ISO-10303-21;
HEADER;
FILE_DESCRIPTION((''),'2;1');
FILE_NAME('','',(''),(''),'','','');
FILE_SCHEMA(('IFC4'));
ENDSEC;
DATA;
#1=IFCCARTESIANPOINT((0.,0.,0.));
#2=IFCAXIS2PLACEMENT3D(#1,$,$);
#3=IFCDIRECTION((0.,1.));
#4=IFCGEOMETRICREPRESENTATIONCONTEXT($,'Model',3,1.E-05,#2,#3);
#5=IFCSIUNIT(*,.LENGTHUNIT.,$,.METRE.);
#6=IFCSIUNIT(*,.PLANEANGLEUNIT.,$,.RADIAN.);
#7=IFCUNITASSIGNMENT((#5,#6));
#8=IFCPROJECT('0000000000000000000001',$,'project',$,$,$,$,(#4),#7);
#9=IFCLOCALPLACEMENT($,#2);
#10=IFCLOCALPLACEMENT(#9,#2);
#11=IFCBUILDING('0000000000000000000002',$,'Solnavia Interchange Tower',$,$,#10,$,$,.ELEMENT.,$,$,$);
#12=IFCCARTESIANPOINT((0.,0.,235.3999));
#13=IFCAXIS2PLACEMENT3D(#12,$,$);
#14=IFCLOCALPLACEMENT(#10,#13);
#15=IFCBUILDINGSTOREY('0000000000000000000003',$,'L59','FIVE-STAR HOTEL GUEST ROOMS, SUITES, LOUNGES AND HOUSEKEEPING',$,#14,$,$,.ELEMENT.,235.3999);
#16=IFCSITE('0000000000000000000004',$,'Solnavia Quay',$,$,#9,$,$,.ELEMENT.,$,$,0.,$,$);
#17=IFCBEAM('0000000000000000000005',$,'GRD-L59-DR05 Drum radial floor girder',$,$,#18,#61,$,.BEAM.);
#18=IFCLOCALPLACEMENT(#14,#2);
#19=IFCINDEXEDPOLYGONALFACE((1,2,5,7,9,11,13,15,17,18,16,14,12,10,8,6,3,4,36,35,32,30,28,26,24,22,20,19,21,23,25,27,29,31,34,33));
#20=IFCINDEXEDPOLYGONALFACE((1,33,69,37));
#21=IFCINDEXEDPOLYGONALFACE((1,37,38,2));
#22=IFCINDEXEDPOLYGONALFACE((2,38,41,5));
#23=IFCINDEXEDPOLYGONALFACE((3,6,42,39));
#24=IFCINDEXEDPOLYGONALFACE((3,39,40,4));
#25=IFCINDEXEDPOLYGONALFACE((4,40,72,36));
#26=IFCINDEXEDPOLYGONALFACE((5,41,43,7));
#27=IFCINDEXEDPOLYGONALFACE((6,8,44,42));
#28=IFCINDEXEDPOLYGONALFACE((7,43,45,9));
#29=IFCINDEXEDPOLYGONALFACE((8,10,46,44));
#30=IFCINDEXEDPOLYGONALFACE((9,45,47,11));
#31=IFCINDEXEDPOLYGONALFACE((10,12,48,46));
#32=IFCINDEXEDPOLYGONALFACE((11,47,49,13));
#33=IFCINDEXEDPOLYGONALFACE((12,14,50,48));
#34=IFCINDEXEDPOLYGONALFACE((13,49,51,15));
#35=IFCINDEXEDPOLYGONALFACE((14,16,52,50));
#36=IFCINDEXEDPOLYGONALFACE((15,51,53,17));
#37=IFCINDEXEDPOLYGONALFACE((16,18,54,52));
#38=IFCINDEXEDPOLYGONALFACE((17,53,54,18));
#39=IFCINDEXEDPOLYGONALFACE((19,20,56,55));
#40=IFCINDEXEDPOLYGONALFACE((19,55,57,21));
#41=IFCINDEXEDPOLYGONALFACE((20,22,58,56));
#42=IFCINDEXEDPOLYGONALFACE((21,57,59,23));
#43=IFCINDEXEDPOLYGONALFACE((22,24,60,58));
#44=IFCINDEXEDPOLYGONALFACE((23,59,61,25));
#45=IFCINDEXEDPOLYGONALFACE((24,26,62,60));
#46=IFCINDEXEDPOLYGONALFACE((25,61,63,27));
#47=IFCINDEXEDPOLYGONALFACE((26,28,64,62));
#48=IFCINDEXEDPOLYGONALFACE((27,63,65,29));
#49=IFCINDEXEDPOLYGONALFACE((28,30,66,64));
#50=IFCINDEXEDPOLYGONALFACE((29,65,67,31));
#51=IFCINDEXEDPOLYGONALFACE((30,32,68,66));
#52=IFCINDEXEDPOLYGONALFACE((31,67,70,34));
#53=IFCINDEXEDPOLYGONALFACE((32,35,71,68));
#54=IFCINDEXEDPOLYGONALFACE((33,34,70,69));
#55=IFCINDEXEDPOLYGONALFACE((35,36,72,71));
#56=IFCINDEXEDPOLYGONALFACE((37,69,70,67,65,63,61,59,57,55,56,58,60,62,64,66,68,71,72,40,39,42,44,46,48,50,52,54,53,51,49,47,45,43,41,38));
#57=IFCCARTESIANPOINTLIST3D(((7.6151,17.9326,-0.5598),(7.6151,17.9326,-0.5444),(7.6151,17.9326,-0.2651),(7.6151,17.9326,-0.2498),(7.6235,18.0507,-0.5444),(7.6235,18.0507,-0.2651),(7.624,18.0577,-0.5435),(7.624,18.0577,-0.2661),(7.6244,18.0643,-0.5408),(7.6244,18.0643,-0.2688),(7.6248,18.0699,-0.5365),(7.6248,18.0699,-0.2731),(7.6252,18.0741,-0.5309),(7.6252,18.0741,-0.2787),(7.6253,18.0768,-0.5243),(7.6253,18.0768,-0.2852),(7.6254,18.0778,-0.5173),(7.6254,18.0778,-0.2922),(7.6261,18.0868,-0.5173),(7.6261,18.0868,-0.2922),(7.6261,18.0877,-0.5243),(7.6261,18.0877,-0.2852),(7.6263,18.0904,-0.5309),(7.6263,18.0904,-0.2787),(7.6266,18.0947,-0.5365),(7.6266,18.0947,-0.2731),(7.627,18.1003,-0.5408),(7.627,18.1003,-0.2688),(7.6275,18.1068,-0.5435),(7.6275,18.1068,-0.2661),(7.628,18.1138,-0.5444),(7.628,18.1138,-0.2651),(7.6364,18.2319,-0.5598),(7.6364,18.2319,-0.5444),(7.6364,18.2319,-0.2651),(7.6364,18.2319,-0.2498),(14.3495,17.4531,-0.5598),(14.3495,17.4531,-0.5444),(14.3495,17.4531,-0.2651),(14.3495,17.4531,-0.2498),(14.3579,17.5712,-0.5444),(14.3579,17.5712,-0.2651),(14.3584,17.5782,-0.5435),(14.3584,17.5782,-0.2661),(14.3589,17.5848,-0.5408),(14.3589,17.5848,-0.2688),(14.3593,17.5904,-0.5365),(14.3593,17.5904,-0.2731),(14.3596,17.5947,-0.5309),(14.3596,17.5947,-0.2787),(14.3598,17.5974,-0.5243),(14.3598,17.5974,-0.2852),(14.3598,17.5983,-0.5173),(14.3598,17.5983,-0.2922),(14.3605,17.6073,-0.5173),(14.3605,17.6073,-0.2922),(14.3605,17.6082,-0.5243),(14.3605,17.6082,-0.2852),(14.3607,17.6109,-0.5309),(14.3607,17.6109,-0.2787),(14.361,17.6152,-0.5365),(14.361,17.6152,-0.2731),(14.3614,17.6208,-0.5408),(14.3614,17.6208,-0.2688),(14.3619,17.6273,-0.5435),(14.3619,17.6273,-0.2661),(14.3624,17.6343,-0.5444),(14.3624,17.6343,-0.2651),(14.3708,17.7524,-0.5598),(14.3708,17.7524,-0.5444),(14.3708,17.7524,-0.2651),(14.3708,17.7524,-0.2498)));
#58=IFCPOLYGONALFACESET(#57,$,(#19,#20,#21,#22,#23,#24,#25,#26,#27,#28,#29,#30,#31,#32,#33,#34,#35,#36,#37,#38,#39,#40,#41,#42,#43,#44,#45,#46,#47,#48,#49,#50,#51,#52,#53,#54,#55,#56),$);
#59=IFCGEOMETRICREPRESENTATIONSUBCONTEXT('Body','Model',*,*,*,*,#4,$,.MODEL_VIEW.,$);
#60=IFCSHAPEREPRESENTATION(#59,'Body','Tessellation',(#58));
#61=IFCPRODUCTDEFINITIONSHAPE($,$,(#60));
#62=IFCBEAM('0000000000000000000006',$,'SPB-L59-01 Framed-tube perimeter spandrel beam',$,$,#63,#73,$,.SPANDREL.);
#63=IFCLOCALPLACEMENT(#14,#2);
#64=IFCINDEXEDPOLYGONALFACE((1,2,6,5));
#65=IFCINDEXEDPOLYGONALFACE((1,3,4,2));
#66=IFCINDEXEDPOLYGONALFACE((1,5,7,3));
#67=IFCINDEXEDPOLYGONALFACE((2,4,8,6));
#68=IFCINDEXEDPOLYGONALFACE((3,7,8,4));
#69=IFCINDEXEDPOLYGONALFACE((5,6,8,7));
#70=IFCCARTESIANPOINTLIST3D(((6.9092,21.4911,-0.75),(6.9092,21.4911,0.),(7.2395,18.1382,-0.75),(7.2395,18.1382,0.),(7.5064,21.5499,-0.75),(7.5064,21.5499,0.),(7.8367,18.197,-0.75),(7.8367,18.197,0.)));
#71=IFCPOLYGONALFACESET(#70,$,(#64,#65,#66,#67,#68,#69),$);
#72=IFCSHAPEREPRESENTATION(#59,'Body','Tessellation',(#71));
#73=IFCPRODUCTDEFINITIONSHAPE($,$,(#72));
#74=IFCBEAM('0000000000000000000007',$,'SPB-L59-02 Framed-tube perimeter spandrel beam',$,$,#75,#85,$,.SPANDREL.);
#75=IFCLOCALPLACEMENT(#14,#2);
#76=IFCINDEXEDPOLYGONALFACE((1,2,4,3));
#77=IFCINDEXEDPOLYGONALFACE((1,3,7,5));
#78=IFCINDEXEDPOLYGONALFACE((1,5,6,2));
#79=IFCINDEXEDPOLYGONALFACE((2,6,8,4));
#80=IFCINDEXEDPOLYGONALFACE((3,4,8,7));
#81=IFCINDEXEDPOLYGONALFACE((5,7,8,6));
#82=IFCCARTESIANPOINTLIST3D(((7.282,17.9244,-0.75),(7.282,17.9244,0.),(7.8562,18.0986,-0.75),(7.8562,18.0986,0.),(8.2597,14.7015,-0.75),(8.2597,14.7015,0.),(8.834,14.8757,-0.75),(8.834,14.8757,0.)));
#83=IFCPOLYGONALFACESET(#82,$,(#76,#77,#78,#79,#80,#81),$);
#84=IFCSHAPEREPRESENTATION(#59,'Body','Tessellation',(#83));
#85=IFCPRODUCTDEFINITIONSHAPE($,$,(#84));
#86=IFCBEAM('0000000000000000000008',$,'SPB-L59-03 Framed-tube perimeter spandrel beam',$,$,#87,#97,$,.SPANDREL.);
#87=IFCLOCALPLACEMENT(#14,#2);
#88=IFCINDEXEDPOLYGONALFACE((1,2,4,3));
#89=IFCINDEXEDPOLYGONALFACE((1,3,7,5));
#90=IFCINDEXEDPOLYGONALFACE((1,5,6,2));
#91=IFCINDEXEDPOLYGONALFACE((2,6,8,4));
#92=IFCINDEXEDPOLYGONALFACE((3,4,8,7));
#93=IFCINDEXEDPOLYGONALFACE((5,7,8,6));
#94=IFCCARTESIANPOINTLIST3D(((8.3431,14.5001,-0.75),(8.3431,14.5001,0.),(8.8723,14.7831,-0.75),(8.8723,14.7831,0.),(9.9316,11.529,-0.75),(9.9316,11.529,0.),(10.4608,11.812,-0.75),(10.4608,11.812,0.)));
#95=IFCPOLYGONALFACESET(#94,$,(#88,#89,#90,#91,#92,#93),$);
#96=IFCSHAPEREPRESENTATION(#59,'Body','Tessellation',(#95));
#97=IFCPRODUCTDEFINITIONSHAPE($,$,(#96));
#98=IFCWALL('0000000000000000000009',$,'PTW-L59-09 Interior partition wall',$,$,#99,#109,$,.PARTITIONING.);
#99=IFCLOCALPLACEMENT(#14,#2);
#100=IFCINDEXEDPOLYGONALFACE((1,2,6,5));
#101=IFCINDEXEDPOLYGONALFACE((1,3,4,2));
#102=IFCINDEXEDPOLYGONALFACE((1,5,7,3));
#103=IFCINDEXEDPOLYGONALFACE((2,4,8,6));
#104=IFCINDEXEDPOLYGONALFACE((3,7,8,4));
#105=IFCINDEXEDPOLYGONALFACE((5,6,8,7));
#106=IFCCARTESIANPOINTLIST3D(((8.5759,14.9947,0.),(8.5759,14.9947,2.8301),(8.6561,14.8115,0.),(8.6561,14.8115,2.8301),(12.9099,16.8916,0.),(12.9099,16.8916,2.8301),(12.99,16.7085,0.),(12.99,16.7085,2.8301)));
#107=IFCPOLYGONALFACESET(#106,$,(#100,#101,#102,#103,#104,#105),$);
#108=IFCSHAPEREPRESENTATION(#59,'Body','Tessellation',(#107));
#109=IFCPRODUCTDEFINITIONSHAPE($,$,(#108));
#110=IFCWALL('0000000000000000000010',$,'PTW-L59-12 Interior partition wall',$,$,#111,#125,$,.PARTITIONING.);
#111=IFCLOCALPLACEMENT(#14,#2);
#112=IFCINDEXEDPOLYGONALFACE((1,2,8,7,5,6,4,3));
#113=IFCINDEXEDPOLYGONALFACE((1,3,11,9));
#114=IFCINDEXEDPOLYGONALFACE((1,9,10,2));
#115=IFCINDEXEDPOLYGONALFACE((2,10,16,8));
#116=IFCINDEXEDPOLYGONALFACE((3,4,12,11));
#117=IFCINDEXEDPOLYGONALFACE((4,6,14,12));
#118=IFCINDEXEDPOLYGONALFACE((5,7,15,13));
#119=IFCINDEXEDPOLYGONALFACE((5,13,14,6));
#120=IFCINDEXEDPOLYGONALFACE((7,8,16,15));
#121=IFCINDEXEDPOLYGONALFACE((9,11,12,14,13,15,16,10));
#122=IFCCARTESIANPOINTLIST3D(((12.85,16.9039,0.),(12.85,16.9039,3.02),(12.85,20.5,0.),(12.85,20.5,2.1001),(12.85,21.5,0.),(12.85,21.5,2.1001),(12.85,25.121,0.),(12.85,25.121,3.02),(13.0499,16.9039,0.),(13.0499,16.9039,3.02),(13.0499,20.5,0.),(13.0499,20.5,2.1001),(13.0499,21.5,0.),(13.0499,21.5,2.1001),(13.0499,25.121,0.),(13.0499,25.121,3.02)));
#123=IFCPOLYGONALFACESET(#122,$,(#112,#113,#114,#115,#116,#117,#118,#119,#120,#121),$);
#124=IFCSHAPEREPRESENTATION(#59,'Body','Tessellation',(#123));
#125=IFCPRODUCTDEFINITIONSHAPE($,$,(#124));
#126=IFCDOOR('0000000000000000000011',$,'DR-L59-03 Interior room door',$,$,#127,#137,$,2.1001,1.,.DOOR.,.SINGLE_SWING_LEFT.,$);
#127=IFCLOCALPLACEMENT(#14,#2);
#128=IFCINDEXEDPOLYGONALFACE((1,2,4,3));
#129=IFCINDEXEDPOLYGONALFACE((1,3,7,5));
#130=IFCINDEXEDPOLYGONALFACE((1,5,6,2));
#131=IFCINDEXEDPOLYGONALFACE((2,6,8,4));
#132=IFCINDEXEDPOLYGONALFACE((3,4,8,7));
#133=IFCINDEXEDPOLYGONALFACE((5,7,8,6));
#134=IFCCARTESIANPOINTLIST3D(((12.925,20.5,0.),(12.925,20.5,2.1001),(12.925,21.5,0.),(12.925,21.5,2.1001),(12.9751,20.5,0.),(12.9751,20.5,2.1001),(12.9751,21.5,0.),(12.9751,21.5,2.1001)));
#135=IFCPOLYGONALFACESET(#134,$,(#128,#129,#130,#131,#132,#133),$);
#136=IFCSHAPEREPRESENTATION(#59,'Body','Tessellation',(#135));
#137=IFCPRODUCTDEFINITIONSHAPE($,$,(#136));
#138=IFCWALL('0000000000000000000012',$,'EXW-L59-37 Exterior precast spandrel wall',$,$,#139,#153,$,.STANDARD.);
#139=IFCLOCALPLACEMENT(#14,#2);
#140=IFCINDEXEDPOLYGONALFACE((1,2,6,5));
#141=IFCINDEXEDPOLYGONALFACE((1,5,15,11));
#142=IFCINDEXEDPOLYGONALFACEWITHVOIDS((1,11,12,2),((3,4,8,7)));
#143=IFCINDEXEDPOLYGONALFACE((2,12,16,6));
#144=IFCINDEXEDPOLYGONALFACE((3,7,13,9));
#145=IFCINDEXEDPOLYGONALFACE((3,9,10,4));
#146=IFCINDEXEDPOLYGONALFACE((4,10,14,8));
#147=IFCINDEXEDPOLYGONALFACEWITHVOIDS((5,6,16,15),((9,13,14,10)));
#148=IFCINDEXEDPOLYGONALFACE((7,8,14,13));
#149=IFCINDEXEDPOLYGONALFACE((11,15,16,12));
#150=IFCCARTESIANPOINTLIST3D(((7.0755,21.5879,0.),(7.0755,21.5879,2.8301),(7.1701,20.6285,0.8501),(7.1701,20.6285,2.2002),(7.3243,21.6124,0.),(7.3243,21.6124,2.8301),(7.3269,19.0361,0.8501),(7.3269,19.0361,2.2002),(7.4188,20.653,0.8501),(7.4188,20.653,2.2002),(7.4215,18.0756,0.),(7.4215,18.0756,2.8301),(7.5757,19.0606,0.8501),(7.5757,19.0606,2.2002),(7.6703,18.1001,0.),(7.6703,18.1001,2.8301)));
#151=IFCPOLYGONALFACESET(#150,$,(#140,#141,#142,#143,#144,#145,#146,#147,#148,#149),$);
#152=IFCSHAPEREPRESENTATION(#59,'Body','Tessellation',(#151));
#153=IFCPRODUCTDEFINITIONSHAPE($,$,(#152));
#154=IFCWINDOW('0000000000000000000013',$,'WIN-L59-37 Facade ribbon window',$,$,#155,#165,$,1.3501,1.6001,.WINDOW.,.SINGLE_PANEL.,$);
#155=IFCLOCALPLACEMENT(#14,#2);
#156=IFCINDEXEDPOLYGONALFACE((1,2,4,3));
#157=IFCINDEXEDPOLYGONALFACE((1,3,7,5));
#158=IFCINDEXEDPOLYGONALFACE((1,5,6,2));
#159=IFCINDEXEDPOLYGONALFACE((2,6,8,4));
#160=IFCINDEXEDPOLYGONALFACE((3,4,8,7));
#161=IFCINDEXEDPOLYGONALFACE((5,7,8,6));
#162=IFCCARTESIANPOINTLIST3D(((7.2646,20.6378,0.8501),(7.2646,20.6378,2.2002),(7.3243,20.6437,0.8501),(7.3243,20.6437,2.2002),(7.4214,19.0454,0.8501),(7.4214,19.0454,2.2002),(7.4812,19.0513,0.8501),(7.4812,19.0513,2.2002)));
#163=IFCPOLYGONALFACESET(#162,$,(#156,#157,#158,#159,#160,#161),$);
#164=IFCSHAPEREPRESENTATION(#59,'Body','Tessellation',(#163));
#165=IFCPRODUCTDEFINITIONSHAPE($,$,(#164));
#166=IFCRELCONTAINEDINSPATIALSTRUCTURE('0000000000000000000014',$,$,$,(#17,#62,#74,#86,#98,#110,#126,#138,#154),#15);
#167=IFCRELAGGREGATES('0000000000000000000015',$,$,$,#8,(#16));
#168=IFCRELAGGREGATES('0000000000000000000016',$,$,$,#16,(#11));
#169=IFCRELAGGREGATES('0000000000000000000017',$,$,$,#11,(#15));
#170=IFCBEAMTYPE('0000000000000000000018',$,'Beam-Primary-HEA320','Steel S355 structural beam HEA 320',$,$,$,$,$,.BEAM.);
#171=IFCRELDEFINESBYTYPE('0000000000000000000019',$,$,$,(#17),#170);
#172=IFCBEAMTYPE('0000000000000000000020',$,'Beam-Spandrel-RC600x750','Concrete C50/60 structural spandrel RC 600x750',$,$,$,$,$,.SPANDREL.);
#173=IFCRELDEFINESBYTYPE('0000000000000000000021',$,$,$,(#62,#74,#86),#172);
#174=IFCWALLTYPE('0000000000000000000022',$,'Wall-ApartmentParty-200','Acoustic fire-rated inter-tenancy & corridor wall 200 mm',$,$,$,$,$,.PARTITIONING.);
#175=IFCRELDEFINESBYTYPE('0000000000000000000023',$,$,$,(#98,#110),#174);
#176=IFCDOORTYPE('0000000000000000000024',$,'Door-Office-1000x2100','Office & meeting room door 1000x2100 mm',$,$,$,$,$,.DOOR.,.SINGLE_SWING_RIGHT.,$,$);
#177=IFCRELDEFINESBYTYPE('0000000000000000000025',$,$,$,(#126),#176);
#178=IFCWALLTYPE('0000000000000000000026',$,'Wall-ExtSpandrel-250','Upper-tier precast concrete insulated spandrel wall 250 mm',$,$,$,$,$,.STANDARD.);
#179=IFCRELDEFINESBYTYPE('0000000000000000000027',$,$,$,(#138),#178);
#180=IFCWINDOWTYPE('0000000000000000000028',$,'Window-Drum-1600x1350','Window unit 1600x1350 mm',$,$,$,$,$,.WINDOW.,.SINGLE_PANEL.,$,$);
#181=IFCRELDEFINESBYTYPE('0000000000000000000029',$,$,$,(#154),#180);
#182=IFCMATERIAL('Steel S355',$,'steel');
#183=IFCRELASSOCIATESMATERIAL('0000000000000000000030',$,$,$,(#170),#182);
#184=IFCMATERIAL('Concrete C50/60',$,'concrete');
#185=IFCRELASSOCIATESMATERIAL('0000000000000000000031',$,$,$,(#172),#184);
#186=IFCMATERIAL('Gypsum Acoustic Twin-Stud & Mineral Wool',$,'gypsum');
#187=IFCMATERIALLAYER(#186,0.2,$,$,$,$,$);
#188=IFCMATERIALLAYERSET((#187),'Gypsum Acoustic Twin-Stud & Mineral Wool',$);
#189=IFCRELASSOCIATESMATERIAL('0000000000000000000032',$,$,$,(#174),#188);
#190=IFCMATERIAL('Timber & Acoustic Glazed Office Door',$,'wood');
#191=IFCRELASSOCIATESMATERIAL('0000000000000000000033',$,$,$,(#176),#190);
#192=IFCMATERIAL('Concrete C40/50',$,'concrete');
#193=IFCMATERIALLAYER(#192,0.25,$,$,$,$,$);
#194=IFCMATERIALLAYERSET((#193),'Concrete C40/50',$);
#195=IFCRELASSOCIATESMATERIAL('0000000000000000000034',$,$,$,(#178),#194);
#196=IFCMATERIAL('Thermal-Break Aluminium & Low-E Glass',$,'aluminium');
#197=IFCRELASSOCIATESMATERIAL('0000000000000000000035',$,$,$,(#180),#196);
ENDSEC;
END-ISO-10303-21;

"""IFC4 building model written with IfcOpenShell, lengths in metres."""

from ifc_helpers import new_model, si_unit, direction, frame, frame_2d, origin, origin_2d, place, context, subcontext, project, spatial, rectangle, i_section, extrude, material, layer, layer_set, material_profile, profile_set, type_object, element, fill, save


model = new_model("IFC4")

# Units and contexts
model_context = context("Model", 3, precision=1e-05, world=origin(), true_north=direction((0.0, 1.0)))
body_context = subcontext(model_context, "Body", "Model", "MODEL_VIEW")
ifc_project = project(units=[si_unit("LENGTHUNIT", "METRE"), si_unit("PLANEANGLEUNIT", "RADIAN")], contexts=[model_context])

# Site, building, storey
site_placement = place(None, origin())
site = spatial("IfcSite", under=ifc_project, at=site_placement, Name="Solnavia Quay", CompositionType="ELEMENT", RefElevation=0.0)
building_placement = place(site_placement, origin())
building = spatial("IfcBuilding", under=site, at=building_placement, Name="Solnavia Interchange Tower", CompositionType="ELEMENT")
storey_placement = place(building_placement, frame((0.0, 0.0, 235.3999)))
storey = spatial("IfcBuildingStorey", under=building, at=storey_placement, Name="L59", Description="FIVE-STAR HOTEL GUEST ROOMS, SUITES, LOUNGES AND HOUSEKEEPING", CompositionType="ELEMENT", Elevation=235.3999)

# Shared definitions
ifc_material_1 = material(Name="Concrete C50/60", Category="concrete")

# Beams
ifc_material_2 = material(Name="Steel S355", Category="steel")
ifc_material_profile_1 = material_profile(ifc_material_2, i_section(OverallWidth=0.3, OverallDepth=0.3101, WebThickness=0.009, FlangeThickness=0.0154, FilletRadius=0.0271, at=origin_2d()), Name="HEA 320")
ifc_profile_set_1 = profile_set([ifc_material_profile_1], Name="Steel S355")
beam_type_1 = type_object("IfcBeamType", Name="Beam-Primary-HEA320", Description="Steel S355 structural beam HEA 320", PredefinedType="BEAM", material=ifc_profile_set_1)
beam_1_placement = place(storey_placement, frame((7.6257, 18.0823, -0.4048), z_axis=(0.997475, -0.071021, 0.0), x_axis=(0.071021, 0.997475, 0.0)))
element("IfcBeam", 1, at=beam_1_placement, inside=storey, type_object=beam_type_1, Name="GRD-L59-DR05 Drum radial floor girder", PredefinedType="BEAM", context=body_context, shape_type="SweptSolid", body=[
    extrude(i_section(OverallWidth=0.3, OverallDepth=0.3101, WebThickness=0.009, FlangeThickness=0.0154, FilletRadius=0.0271, at=origin_2d()), origin(), (0.0, 0.0, 1.0), 6.7515),
])
ifc_material_profile_2 = material_profile(ifc_material_1, rectangle(XDim=0.6001, YDim=0.75, at=origin_2d()), Name="RC 600x750")
ifc_profile_set_2 = profile_set([ifc_material_profile_2], Name="Concrete C50/60")
beam_type_2 = type_object("IfcBeamType", Name="Beam-Spandrel-RC600x750", Description="Concrete C50/60 structural spandrel RC 600x750", PredefinedType="SPANDREL", material=ifc_profile_set_2)
beam_2_placement = place(storey_placement, frame((7.2078, 21.5205, -0.375), z_axis=(0.09804, -0.995182, 0.0), x_axis=(0.995182, 0.09804, 0.0)))
element("IfcBeam", 2, at=beam_2_placement, inside=storey, type_object=beam_type_2, Name="SPB-L59-01 Framed-tube perimeter spandrel beam", PredefinedType="SPANDREL", context=body_context, shape_type="SweptSolid", body=[
    extrude(rectangle(XDim=0.6001, YDim=0.75, at=origin_2d()), origin(), (0.0, 0.0, 1.0), 3.3691),
])
beam_3_placement = place(storey_placement, frame((7.5691, 18.0115, -0.375), z_axis=(0.290319, -0.95693, 0.0), x_axis=(0.95693, 0.290319, 0.0)))
element("IfcBeam", 3, at=beam_3_placement, inside=storey, type_object=beam_type_2, Name="SPB-L59-02 Framed-tube perimeter spandrel beam", PredefinedType="SPANDREL", context=body_context, shape_type="SweptSolid", body=[
    extrude(rectangle(XDim=0.6001, YDim=0.75, at=origin_2d()), origin(), (0.0, 0.0, 1.0), 3.3679),
])
beam_4_placement = place(storey_placement, frame((8.6077, 14.6416, -0.375), z_axis=(0.471509, -0.881861, 0.0), x_axis=(0.881861, 0.471509, 0.0)))
element("IfcBeam", 4, at=beam_4_placement, inside=storey, type_object=beam_type_2, Name="SPB-L59-03 Framed-tube perimeter spandrel beam", PredefinedType="SPANDREL", context=body_context, shape_type="SweptSolid", body=[
    extrude(rectangle(XDim=0.6001, YDim=0.75, at=origin_2d()), origin(), (0.0, 0.0, 1.0), 3.3691),
])

# Wall
ifc_material_3 = material(Name="Gypsum Acoustic Twin-Stud & Mineral Wool", Category="gypsum")
ifc_layer_1 = layer(ifc_material_3, 0.2)
ifc_layer_set_1 = layer_set([ifc_layer_1], Name="Gypsum Acoustic Twin-Stud & Mineral Wool")
wall_type_1 = type_object("IfcWallType", Name="Wall-ApartmentParty-200", Description="Acoustic fire-rated inter-tenancy & corridor wall 200 mm", PredefinedType="PARTITIONING", material=ifc_layer_set_1)
wall_1_placement = place(storey_placement, frame((12.95, 16.8, 0.0), z_axis=(0.0, 0.0, 1.0), x_axis=(-0.916091, -0.40097, 0.0)))
element("IfcWall", 5, at=wall_1_placement, inside=storey, type_object=wall_type_1, Name="PTW-L59-09 Interior partition wall", PredefinedType="PARTITIONING", context=body_context, shape_type="SweptSolid", body=[
    extrude(rectangle(XDim=4.731, YDim=0.2, at=frame_2d((2.3655, 0.0))), origin(), (0.0, 0.0, 1.0), 2.8301),
])

# Wall, opening, door
wall_2_placement = place(storey_placement, frame((12.95, 16.9041, 0.0), z_axis=(0.0, 0.0, 1.0), x_axis=(0.0, 1.0, 0.0)))
wall_2 = element("IfcWall", 6, at=wall_2_placement, inside=storey, type_object=wall_type_1, Name="PTW-L59-12 Interior partition wall", PredefinedType="PARTITIONING", context=body_context, shape_type="SweptSolid", body=[
    extrude(rectangle(XDim=8.217, YDim=0.2, at=frame_2d((4.1084, 0.0))), origin(), (0.0, 0.0, 1.0), 3.02),
])
opening_1_placement = place(wall_2_placement, frame((3.5959, 0.0, 0.0)))
opening_1 = element("IfcOpeningElement", 7, at=opening_1_placement, cuts=wall_2, PredefinedType="OPENING", context=body_context, shape_type="SweptSolid", body=[
    extrude(rectangle(XDim=1.0, YDim=2.1001, at=frame_2d((0.5, 1.05))), frame((0.0, 0.1099, 0.0), z_axis=(0.0, -1.0, 0.0), x_axis=(1.0, 0.0, 0.0)), (0.0, 0.0, 1.0), 0.22),
])
ifc_material_4 = material(Name="Timber & Acoustic Glazed Office Door", Category="wood")
door_type = type_object("IfcDoorType", Name="Door-Office-1000x2100", Description="Office & meeting room door 1000x2100 mm", OperationType="SINGLE_SWING_RIGHT", PredefinedType="DOOR", material=ifc_material_4)
door_placement = place(opening_1_placement, origin())
door = element("IfcDoor", 8, at=door_placement, inside=storey, type_object=door_type, Name="DR-L59-03 Interior room door", OperationType="SINGLE_SWING_LEFT", OverallHeight=2.1001, OverallWidth=1.0, PredefinedType="DOOR", context=body_context, shape_type="SweptSolid", body=[
    extrude(rectangle(XDim=1.0, YDim=2.1001, at=frame_2d((0.5, 1.05))), frame((0.0, 0.0249, 0.0), z_axis=(0.0, -1.0, 0.0), x_axis=(1.0, 0.0, 0.0)), (0.0, 0.0, 1.0), 0.05),
])
fill(opening_1, door)

# Wall, opening, window
ifc_material_5 = material(Name="Concrete C40/50", Category="concrete")
ifc_layer_2 = layer(ifc_material_5, 0.25)
ifc_layer_set_2 = layer_set([ifc_layer_2], Name="Concrete C40/50")
wall_type_2 = type_object("IfcWallType", Name="Wall-ExtSpandrel-250", Description="Upper-tier precast concrete insulated spandrel wall 250 mm", PredefinedType="STANDARD", material=ifc_layer_set_2)
wall_3_placement = place(storey_placement, frame((7.5459, 18.0879, 0.0), z_axis=(0.0, 0.0, 1.0), x_axis=(-0.098024, 0.995184, 0.0)))
wall_3 = element("IfcWall", 9, at=wall_3_placement, inside=storey, type_object=wall_type_2, Name="EXW-L59-37 Exterior precast spandrel wall", PredefinedType="STANDARD", context=body_context, shape_type="SweptSolid", body=[
    extrude(rectangle(XDim=3.5293, YDim=0.25, at=frame_2d((1.7646, 0.0))), origin(), (0.0, 0.0, 1.0), 2.8301),
])
opening_2_placement = place(wall_3_placement, frame((0.9651, 0.0, 0.8501)))
opening_2 = element("IfcOpeningElement", 10, at=opening_2_placement, cuts=wall_3, PredefinedType="OPENING", context=body_context, shape_type="SweptSolid", body=[
    extrude(rectangle(XDim=1.6001, YDim=1.3501, at=frame_2d((0.8, 0.675))), frame((0.0, 0.135, 0.0), z_axis=(0.0, -1.0, 0.0), x_axis=(1.0, 0.0, 0.0)), (0.0, 0.0, 1.0), 0.27),
])
ifc_material_6 = material(Name="Thermal-Break Aluminium & Low-E Glass", Category="aluminium")
window_type = type_object("IfcWindowType", Name="Window-Drum-1600x1350", Description="Window unit 1600x1350 mm", PartitioningType="SINGLE_PANEL", PredefinedType="WINDOW", material=ifc_material_6)
window_1_placement = place(opening_2_placement, origin())
window_1 = element("IfcWindow", 11, at=window_1_placement, inside=storey, type_object=window_type, Name="WIN-L59-37 Facade ribbon window", OverallHeight=1.3501, OverallWidth=1.6001, PartitioningType="SINGLE_PANEL", PredefinedType="WINDOW", context=body_context, shape_type="SweptSolid", body=[
    extrude(rectangle(XDim=1.6001, YDim=1.3501, at=frame_2d((0.8, 0.675))), frame((0.0, 0.03, 0.0), z_axis=(0.0, -1.0, 0.0), x_axis=(1.0, 0.0, 0.0)), (0.0, 0.0, 1.0), 0.0601),
])
fill(opening_2, window_1)

save(model, "model.ifc")
